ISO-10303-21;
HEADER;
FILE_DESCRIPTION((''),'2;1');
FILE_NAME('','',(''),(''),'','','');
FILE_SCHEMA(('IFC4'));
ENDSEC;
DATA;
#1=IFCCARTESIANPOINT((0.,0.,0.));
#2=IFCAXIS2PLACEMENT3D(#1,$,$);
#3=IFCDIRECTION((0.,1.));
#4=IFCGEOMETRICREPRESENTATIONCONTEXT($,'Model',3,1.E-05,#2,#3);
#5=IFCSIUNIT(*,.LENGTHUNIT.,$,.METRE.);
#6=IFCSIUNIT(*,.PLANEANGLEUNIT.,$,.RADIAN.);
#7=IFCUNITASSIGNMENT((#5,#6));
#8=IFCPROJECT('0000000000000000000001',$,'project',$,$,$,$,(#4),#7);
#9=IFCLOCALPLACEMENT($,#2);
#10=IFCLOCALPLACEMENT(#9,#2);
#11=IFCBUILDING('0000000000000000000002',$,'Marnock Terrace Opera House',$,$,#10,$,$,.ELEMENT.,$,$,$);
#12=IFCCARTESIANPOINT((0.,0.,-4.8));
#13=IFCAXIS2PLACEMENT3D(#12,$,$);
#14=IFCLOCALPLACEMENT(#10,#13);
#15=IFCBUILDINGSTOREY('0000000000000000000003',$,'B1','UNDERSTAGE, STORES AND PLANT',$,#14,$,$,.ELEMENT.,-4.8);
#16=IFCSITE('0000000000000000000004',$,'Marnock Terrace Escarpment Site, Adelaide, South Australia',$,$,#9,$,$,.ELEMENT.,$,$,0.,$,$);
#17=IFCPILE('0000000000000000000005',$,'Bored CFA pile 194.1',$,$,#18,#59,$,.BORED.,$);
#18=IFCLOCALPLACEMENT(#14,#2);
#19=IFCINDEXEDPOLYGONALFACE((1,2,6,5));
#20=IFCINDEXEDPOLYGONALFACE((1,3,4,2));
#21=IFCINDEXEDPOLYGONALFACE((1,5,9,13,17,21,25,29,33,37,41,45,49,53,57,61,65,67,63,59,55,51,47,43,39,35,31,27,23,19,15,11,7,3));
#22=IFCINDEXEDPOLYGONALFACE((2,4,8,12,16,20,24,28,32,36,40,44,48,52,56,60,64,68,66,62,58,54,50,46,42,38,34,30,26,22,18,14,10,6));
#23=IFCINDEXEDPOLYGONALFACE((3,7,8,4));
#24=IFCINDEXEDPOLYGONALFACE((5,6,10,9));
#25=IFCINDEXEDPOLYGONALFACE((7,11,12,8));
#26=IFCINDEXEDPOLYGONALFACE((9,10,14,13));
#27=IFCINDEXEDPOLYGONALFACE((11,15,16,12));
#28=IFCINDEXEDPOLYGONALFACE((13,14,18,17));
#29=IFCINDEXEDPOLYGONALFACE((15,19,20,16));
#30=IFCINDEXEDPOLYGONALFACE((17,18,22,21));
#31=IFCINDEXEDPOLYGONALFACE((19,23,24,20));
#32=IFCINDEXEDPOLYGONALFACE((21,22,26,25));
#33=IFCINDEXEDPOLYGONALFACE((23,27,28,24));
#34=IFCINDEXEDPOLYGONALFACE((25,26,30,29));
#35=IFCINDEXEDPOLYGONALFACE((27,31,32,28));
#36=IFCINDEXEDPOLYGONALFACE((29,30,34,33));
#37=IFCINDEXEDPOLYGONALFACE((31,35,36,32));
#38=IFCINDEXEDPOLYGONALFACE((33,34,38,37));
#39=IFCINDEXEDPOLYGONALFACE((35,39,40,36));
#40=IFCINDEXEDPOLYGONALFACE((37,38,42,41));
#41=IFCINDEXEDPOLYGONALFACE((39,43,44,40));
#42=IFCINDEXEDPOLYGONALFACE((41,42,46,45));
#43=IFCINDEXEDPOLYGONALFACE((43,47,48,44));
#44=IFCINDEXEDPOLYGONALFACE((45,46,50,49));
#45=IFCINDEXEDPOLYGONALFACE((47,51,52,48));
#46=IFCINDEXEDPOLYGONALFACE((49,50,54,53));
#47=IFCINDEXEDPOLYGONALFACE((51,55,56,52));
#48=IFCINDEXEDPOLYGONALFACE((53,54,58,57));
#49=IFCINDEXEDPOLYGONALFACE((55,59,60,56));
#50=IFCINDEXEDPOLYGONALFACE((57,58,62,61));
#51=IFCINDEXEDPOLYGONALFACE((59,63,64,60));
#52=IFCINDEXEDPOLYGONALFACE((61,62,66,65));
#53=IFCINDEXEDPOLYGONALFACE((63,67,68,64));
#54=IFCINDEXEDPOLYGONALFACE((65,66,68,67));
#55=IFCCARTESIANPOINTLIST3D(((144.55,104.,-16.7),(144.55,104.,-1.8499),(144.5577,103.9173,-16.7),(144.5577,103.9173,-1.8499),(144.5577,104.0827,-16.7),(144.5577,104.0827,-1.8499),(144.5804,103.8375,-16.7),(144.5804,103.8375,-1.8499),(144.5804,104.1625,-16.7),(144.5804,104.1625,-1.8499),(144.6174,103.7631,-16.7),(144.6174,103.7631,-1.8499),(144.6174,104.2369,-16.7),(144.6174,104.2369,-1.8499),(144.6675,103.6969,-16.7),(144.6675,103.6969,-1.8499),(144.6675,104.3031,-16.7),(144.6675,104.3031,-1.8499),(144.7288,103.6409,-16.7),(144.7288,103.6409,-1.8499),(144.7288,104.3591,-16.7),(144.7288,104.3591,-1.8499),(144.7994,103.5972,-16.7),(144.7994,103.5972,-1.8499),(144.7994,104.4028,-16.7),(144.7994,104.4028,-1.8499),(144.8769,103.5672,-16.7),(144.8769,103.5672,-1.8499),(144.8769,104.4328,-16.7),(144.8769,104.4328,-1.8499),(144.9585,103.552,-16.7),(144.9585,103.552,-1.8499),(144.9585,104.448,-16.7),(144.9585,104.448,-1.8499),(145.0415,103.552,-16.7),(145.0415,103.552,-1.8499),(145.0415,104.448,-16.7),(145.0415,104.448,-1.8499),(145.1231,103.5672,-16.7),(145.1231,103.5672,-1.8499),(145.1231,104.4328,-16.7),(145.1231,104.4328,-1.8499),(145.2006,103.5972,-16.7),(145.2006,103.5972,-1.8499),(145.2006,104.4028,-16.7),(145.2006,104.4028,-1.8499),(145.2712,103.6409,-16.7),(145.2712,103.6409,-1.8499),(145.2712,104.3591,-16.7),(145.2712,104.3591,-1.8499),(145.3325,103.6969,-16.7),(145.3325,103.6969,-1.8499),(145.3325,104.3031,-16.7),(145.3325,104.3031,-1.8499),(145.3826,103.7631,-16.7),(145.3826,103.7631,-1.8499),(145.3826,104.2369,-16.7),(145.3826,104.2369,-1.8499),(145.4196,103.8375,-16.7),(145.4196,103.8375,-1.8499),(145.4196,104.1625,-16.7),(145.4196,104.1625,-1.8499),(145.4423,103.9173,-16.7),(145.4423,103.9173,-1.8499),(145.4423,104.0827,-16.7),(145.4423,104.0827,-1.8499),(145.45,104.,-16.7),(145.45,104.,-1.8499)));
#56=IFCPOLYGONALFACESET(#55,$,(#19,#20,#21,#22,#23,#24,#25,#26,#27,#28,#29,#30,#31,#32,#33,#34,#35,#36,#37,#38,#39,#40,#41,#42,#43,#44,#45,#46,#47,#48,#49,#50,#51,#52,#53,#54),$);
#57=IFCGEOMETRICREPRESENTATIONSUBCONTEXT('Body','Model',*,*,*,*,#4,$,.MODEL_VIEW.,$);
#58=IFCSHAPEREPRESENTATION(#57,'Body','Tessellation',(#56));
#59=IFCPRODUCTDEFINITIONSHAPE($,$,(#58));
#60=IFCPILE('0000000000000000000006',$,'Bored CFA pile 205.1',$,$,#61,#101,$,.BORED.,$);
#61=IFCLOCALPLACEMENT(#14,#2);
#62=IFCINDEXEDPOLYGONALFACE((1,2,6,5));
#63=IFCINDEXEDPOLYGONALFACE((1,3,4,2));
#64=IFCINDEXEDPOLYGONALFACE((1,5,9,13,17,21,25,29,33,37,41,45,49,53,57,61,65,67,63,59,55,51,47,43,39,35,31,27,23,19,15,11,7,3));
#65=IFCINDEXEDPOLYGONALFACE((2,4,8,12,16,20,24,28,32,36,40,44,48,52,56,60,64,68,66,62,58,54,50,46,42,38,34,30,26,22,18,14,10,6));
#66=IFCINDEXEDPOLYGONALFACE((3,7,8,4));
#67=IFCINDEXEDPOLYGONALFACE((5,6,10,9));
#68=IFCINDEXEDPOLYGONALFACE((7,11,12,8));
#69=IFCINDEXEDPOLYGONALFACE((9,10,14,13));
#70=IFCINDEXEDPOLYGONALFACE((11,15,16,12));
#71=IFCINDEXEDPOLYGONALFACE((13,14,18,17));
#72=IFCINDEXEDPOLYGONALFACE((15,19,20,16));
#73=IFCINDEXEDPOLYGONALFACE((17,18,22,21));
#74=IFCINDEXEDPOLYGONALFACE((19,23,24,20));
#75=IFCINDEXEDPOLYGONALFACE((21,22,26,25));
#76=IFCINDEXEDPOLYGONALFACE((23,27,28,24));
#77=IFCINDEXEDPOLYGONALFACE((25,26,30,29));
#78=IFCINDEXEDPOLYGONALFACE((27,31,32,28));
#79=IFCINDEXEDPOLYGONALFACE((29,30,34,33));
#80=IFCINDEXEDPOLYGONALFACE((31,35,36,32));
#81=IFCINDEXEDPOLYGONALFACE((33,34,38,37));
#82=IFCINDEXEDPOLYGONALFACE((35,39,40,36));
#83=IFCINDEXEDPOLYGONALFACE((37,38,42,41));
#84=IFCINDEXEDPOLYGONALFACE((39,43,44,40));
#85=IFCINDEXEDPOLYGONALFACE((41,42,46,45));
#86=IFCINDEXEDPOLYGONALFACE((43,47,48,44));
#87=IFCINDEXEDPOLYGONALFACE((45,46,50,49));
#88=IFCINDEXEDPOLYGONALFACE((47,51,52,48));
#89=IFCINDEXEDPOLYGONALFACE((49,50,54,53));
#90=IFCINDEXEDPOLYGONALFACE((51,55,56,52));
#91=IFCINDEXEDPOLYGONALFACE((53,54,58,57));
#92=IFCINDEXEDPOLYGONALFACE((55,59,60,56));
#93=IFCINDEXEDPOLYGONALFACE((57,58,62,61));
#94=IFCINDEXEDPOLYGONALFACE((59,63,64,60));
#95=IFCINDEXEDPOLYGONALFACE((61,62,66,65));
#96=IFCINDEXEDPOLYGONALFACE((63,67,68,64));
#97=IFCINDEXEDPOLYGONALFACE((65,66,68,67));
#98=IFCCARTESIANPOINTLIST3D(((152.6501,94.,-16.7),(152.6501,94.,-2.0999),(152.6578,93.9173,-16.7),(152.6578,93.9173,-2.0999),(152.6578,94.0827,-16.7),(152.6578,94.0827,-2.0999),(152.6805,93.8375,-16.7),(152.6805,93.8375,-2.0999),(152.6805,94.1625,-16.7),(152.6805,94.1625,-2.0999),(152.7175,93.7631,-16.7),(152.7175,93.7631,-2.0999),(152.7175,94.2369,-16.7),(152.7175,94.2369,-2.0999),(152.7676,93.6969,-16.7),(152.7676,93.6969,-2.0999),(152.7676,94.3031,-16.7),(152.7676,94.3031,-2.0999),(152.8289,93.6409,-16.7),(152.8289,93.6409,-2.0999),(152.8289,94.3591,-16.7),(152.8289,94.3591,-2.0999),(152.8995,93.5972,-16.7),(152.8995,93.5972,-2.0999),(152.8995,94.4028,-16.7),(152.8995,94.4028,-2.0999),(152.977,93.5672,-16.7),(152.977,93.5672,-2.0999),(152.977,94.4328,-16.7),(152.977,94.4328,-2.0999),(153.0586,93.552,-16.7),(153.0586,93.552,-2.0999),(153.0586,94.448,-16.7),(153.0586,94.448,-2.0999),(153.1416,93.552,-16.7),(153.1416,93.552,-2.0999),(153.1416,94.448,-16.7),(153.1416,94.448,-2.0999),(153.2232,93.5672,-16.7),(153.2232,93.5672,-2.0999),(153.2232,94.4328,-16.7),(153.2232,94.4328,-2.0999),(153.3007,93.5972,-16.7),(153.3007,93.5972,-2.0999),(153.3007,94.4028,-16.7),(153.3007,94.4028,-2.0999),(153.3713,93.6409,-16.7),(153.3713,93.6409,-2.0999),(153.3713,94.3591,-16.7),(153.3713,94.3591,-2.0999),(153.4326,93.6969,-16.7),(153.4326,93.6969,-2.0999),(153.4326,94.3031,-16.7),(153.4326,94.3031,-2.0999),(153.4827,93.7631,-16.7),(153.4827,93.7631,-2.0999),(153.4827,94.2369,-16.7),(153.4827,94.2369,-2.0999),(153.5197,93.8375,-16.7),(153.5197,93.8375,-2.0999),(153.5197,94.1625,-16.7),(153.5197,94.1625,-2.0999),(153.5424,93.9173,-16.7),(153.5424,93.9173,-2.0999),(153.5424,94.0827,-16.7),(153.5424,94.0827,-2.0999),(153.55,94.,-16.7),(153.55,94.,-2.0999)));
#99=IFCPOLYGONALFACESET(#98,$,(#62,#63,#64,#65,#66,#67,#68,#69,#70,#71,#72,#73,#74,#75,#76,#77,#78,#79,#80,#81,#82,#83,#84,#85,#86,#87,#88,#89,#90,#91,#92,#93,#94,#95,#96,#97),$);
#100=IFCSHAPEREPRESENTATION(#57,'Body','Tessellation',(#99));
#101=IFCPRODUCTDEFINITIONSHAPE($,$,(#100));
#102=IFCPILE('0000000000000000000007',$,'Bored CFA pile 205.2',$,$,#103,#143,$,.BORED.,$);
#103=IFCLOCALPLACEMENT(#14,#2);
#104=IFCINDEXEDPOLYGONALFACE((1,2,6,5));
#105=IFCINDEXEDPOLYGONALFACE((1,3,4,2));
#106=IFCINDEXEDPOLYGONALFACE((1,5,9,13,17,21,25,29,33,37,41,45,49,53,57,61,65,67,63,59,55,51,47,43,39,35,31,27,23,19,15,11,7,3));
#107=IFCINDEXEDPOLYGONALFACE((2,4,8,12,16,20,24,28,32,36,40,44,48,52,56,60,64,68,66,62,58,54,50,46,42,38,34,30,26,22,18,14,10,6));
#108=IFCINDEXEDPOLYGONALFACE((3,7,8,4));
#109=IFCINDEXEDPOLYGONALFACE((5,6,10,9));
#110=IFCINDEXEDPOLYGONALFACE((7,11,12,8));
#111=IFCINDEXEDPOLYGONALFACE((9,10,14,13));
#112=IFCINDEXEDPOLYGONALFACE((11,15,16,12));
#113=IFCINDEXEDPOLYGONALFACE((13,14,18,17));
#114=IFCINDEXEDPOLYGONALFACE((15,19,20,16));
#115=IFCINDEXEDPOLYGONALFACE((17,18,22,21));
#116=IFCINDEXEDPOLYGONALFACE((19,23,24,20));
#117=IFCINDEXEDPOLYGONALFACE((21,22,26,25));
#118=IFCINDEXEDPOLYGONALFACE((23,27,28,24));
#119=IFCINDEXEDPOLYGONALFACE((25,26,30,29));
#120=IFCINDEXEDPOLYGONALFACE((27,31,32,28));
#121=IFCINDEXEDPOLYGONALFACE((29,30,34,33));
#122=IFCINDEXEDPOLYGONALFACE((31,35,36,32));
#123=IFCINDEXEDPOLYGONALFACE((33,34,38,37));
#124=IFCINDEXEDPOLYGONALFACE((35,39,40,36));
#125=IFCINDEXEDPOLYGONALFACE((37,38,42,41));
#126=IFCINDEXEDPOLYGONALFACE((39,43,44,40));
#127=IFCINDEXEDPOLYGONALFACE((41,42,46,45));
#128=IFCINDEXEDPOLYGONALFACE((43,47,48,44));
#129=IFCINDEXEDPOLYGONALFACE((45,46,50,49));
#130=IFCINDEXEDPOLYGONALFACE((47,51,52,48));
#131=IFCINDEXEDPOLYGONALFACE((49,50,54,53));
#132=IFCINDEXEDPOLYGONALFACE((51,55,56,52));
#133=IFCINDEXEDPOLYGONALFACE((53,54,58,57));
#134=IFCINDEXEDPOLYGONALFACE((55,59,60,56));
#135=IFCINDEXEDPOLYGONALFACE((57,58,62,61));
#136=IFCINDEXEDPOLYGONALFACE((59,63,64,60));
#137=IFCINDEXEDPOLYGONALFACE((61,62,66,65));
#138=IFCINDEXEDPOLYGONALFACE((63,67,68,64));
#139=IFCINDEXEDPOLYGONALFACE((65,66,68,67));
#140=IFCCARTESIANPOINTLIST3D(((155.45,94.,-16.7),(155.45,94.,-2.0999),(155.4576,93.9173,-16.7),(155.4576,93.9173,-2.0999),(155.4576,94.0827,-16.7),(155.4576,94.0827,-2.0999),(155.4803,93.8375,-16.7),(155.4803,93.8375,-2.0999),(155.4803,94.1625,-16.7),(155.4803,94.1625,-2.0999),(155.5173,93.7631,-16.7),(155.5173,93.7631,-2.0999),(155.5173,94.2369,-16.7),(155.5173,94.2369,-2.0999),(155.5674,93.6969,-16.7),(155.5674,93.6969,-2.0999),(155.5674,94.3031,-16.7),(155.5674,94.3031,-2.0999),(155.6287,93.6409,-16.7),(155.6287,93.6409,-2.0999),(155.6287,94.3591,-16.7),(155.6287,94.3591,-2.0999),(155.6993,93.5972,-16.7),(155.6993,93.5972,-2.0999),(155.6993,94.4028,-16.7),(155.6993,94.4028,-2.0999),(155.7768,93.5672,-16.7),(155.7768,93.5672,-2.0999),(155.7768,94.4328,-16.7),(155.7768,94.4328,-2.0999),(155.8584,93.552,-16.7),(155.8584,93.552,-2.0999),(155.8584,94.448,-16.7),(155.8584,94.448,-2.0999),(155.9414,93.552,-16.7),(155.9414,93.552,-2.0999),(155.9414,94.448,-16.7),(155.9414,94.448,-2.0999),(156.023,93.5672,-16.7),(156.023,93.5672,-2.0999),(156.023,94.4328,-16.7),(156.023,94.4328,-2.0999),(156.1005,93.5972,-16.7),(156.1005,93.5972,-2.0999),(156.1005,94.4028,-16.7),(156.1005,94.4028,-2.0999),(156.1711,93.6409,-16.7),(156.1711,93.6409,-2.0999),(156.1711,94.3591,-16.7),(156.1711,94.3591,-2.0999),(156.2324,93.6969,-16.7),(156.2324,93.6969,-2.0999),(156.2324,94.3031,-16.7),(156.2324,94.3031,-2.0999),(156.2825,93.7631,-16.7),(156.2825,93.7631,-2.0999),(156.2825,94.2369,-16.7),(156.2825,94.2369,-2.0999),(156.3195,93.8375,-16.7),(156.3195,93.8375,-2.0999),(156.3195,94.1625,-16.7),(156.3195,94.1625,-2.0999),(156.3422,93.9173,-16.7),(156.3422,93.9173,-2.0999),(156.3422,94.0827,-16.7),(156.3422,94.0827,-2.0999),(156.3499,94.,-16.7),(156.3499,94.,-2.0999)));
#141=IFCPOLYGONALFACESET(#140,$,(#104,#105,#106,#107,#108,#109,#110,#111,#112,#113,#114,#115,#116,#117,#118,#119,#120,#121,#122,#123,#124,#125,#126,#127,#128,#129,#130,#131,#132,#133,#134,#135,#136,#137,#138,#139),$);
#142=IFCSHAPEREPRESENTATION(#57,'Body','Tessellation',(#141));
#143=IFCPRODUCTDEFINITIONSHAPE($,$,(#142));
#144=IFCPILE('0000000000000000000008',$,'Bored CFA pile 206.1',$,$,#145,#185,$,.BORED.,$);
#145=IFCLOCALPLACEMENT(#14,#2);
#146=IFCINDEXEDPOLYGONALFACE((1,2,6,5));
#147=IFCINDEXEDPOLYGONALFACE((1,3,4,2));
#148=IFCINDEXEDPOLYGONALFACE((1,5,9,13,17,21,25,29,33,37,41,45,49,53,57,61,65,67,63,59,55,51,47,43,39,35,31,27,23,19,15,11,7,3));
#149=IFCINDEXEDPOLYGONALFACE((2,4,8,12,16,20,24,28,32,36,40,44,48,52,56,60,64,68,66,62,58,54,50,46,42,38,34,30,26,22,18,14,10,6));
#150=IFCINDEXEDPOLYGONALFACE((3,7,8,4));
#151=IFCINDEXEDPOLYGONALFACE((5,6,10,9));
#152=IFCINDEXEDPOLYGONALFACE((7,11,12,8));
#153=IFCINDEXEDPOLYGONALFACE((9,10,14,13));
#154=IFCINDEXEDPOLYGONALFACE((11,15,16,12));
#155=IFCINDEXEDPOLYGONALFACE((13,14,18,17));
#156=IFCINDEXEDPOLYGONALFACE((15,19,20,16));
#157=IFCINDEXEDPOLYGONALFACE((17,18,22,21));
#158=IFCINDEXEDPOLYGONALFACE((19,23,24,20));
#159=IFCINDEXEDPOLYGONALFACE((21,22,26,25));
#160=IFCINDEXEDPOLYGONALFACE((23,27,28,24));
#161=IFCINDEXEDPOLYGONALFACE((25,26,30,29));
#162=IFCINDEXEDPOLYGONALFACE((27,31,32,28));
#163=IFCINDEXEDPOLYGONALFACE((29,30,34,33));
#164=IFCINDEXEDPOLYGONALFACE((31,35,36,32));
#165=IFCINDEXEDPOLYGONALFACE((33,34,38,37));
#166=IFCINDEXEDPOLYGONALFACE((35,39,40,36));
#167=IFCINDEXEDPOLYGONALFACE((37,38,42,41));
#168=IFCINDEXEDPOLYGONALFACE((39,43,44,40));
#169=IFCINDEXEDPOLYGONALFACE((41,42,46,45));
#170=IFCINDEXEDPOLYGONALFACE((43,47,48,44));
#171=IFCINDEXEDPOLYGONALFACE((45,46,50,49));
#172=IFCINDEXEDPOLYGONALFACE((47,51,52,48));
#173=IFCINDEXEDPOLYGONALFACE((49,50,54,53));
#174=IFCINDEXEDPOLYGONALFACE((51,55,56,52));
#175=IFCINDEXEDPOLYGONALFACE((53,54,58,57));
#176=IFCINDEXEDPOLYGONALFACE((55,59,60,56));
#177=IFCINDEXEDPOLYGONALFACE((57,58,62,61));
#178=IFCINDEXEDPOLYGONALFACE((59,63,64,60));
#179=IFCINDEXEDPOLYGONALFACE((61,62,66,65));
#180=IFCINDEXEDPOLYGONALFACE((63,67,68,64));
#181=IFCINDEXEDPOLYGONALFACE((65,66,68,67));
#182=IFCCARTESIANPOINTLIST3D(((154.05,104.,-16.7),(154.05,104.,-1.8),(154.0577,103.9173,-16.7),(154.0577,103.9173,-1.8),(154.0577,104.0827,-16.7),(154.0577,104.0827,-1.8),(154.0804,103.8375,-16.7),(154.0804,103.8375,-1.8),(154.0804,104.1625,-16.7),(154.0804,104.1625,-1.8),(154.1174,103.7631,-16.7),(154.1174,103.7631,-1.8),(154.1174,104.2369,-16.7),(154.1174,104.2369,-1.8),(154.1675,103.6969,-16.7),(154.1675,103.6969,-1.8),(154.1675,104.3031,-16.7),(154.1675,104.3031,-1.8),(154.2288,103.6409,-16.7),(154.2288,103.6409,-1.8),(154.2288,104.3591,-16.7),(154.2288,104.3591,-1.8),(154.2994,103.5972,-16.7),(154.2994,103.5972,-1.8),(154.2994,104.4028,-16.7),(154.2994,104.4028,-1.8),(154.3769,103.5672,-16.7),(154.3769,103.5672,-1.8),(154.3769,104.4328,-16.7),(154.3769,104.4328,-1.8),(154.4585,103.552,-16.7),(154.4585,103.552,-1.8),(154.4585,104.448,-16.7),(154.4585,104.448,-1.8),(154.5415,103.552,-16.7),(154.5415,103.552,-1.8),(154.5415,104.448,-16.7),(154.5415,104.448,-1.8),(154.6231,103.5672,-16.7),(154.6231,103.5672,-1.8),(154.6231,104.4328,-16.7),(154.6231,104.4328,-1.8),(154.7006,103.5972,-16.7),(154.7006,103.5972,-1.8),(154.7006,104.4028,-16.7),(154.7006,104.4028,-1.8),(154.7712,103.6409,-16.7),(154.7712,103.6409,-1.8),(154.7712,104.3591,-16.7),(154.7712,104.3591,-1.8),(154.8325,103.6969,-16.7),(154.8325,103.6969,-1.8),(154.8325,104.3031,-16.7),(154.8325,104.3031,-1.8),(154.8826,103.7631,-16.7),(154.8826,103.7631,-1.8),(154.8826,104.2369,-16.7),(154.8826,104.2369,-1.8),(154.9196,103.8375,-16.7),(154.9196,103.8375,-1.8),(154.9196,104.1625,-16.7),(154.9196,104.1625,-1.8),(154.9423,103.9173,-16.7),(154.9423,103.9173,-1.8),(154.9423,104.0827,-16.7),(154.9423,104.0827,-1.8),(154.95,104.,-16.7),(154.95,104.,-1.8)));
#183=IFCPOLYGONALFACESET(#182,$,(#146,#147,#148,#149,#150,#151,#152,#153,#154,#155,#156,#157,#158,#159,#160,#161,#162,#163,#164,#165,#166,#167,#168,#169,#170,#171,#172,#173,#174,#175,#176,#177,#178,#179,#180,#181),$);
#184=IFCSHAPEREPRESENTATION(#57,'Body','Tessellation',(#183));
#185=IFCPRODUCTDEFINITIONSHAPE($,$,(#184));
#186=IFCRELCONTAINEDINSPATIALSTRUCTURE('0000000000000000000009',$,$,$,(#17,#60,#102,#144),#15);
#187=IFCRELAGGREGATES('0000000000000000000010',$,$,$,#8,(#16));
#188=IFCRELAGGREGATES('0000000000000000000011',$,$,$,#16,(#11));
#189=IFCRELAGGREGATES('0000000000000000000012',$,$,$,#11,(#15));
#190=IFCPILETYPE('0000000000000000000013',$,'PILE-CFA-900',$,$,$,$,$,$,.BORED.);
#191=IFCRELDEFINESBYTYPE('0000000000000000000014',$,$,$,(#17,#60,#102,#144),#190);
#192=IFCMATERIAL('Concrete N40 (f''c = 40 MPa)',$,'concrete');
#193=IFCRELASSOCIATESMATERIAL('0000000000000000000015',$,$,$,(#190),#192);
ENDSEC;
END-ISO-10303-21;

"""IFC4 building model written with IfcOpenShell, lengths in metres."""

from ifc_helpers import new_model, si_unit, direction, frame, origin, origin_2d, place, context, subcontext, project, spatial, circle, extrude, material, material_profile, profile_set, type_object, element, save


model = new_model("IFC4")

# Units and contexts
model_context = context("Model", 3, precision=1e-05, world=origin(), true_north=direction((0.0, 1.0)))
body_context = subcontext(model_context, "Body", "Model", "MODEL_VIEW")
ifc_project = project(units=[si_unit("LENGTHUNIT", "METRE"), si_unit("PLANEANGLEUNIT", "RADIAN")], contexts=[model_context])

# Site, building, storey
site_placement = place(None, origin())
site = spatial("IfcSite", under=ifc_project, at=site_placement, Name="Marnock Terrace Escarpment Site, Adelaide, South Australia", CompositionType="ELEMENT", RefElevation=0.0)
building_placement = place(site_placement, origin())
building = spatial("IfcBuilding", under=site, at=building_placement, Name="Marnock Terrace Opera House", CompositionType="ELEMENT")
storey_placement = place(building_placement, frame((0.0, 0.0, -4.8)))
storey = spatial("IfcBuildingStorey", under=building, at=storey_placement, Name="B1", Description="UNDERSTAGE, STORES AND PLANT", CompositionType="ELEMENT", Elevation=-4.8)

# Shared definitions
ifc_material_1 = material(Name="Concrete N40 (f'c = 40 MPa)", Category="concrete")

# Piles
ifc_material_profile_1 = material_profile(ifc_material_1, circle(Radius=0.45, at=origin_2d()))
ifc_profile_set_1 = profile_set([ifc_material_profile_1], Name="Concrete N40 (f'c = 40 MPa)")
pile_type = type_object("IfcPileType", Name="PILE-CFA-900", PredefinedType="BORED", material=ifc_profile_set_1)
pile_placement = place(storey_placement, frame((145.0, 104.0, -1.8499), z_axis=(0.0, 0.0, -1.0), x_axis=(1.0, 0.0, 0.0)))
element("IfcPile", 1, at=pile_placement, inside=storey, type_object=pile_type, Name="Bored CFA pile 194.1", PredefinedType="BORED", context=body_context, shape_type="SweptSolid", body=[
    extrude(circle(Radius=0.45, at=origin_2d()), origin(), (0.0, 0.0, 1.0), 14.8501),
])
for number, where, z_axis, x_axis, name in (
    (2, (153.1001, 94.0, -2.0999), (0.0, 0.0, -1.0), (1.0, 0.0, 0.0), "Bored CFA pile 205.1"),
    (3, (155.8999, 94.0, -2.0999), (0.0, 0.0, -1.0), (1.0, 0.0, 0.0), "Bored CFA pile 205.2"),
):
    element("IfcPile", number, at=place(storey_placement, frame(where, z_axis=z_axis, x_axis=x_axis)), inside=storey, type_object=pile_type, Name=name, PredefinedType="BORED", context=body_context, shape_type="SweptSolid", body=[
        extrude(circle(Radius=0.45, at=origin_2d()), origin(), (0.0, 0.0, 1.0), 14.6001),
    ])
for number, where, z_axis, x_axis, name in (
    (4, (154.5, 104.0, -1.8), (0.0, 0.0, -1.0), (1.0, 0.0, 0.0), "Bored CFA pile 206.1"),
):
    element("IfcPile", number, at=place(storey_placement, frame(where, z_axis=z_axis, x_axis=x_axis)), inside=storey, type_object=pile_type, Name=name, PredefinedType="BORED", context=body_context, shape_type="SweptSolid", body=[
        extrude(circle(Radius=0.45, at=origin_2d()), origin(), (0.0, 0.0, 1.0), 14.8999),
    ])

save(model, "model.ifc")
